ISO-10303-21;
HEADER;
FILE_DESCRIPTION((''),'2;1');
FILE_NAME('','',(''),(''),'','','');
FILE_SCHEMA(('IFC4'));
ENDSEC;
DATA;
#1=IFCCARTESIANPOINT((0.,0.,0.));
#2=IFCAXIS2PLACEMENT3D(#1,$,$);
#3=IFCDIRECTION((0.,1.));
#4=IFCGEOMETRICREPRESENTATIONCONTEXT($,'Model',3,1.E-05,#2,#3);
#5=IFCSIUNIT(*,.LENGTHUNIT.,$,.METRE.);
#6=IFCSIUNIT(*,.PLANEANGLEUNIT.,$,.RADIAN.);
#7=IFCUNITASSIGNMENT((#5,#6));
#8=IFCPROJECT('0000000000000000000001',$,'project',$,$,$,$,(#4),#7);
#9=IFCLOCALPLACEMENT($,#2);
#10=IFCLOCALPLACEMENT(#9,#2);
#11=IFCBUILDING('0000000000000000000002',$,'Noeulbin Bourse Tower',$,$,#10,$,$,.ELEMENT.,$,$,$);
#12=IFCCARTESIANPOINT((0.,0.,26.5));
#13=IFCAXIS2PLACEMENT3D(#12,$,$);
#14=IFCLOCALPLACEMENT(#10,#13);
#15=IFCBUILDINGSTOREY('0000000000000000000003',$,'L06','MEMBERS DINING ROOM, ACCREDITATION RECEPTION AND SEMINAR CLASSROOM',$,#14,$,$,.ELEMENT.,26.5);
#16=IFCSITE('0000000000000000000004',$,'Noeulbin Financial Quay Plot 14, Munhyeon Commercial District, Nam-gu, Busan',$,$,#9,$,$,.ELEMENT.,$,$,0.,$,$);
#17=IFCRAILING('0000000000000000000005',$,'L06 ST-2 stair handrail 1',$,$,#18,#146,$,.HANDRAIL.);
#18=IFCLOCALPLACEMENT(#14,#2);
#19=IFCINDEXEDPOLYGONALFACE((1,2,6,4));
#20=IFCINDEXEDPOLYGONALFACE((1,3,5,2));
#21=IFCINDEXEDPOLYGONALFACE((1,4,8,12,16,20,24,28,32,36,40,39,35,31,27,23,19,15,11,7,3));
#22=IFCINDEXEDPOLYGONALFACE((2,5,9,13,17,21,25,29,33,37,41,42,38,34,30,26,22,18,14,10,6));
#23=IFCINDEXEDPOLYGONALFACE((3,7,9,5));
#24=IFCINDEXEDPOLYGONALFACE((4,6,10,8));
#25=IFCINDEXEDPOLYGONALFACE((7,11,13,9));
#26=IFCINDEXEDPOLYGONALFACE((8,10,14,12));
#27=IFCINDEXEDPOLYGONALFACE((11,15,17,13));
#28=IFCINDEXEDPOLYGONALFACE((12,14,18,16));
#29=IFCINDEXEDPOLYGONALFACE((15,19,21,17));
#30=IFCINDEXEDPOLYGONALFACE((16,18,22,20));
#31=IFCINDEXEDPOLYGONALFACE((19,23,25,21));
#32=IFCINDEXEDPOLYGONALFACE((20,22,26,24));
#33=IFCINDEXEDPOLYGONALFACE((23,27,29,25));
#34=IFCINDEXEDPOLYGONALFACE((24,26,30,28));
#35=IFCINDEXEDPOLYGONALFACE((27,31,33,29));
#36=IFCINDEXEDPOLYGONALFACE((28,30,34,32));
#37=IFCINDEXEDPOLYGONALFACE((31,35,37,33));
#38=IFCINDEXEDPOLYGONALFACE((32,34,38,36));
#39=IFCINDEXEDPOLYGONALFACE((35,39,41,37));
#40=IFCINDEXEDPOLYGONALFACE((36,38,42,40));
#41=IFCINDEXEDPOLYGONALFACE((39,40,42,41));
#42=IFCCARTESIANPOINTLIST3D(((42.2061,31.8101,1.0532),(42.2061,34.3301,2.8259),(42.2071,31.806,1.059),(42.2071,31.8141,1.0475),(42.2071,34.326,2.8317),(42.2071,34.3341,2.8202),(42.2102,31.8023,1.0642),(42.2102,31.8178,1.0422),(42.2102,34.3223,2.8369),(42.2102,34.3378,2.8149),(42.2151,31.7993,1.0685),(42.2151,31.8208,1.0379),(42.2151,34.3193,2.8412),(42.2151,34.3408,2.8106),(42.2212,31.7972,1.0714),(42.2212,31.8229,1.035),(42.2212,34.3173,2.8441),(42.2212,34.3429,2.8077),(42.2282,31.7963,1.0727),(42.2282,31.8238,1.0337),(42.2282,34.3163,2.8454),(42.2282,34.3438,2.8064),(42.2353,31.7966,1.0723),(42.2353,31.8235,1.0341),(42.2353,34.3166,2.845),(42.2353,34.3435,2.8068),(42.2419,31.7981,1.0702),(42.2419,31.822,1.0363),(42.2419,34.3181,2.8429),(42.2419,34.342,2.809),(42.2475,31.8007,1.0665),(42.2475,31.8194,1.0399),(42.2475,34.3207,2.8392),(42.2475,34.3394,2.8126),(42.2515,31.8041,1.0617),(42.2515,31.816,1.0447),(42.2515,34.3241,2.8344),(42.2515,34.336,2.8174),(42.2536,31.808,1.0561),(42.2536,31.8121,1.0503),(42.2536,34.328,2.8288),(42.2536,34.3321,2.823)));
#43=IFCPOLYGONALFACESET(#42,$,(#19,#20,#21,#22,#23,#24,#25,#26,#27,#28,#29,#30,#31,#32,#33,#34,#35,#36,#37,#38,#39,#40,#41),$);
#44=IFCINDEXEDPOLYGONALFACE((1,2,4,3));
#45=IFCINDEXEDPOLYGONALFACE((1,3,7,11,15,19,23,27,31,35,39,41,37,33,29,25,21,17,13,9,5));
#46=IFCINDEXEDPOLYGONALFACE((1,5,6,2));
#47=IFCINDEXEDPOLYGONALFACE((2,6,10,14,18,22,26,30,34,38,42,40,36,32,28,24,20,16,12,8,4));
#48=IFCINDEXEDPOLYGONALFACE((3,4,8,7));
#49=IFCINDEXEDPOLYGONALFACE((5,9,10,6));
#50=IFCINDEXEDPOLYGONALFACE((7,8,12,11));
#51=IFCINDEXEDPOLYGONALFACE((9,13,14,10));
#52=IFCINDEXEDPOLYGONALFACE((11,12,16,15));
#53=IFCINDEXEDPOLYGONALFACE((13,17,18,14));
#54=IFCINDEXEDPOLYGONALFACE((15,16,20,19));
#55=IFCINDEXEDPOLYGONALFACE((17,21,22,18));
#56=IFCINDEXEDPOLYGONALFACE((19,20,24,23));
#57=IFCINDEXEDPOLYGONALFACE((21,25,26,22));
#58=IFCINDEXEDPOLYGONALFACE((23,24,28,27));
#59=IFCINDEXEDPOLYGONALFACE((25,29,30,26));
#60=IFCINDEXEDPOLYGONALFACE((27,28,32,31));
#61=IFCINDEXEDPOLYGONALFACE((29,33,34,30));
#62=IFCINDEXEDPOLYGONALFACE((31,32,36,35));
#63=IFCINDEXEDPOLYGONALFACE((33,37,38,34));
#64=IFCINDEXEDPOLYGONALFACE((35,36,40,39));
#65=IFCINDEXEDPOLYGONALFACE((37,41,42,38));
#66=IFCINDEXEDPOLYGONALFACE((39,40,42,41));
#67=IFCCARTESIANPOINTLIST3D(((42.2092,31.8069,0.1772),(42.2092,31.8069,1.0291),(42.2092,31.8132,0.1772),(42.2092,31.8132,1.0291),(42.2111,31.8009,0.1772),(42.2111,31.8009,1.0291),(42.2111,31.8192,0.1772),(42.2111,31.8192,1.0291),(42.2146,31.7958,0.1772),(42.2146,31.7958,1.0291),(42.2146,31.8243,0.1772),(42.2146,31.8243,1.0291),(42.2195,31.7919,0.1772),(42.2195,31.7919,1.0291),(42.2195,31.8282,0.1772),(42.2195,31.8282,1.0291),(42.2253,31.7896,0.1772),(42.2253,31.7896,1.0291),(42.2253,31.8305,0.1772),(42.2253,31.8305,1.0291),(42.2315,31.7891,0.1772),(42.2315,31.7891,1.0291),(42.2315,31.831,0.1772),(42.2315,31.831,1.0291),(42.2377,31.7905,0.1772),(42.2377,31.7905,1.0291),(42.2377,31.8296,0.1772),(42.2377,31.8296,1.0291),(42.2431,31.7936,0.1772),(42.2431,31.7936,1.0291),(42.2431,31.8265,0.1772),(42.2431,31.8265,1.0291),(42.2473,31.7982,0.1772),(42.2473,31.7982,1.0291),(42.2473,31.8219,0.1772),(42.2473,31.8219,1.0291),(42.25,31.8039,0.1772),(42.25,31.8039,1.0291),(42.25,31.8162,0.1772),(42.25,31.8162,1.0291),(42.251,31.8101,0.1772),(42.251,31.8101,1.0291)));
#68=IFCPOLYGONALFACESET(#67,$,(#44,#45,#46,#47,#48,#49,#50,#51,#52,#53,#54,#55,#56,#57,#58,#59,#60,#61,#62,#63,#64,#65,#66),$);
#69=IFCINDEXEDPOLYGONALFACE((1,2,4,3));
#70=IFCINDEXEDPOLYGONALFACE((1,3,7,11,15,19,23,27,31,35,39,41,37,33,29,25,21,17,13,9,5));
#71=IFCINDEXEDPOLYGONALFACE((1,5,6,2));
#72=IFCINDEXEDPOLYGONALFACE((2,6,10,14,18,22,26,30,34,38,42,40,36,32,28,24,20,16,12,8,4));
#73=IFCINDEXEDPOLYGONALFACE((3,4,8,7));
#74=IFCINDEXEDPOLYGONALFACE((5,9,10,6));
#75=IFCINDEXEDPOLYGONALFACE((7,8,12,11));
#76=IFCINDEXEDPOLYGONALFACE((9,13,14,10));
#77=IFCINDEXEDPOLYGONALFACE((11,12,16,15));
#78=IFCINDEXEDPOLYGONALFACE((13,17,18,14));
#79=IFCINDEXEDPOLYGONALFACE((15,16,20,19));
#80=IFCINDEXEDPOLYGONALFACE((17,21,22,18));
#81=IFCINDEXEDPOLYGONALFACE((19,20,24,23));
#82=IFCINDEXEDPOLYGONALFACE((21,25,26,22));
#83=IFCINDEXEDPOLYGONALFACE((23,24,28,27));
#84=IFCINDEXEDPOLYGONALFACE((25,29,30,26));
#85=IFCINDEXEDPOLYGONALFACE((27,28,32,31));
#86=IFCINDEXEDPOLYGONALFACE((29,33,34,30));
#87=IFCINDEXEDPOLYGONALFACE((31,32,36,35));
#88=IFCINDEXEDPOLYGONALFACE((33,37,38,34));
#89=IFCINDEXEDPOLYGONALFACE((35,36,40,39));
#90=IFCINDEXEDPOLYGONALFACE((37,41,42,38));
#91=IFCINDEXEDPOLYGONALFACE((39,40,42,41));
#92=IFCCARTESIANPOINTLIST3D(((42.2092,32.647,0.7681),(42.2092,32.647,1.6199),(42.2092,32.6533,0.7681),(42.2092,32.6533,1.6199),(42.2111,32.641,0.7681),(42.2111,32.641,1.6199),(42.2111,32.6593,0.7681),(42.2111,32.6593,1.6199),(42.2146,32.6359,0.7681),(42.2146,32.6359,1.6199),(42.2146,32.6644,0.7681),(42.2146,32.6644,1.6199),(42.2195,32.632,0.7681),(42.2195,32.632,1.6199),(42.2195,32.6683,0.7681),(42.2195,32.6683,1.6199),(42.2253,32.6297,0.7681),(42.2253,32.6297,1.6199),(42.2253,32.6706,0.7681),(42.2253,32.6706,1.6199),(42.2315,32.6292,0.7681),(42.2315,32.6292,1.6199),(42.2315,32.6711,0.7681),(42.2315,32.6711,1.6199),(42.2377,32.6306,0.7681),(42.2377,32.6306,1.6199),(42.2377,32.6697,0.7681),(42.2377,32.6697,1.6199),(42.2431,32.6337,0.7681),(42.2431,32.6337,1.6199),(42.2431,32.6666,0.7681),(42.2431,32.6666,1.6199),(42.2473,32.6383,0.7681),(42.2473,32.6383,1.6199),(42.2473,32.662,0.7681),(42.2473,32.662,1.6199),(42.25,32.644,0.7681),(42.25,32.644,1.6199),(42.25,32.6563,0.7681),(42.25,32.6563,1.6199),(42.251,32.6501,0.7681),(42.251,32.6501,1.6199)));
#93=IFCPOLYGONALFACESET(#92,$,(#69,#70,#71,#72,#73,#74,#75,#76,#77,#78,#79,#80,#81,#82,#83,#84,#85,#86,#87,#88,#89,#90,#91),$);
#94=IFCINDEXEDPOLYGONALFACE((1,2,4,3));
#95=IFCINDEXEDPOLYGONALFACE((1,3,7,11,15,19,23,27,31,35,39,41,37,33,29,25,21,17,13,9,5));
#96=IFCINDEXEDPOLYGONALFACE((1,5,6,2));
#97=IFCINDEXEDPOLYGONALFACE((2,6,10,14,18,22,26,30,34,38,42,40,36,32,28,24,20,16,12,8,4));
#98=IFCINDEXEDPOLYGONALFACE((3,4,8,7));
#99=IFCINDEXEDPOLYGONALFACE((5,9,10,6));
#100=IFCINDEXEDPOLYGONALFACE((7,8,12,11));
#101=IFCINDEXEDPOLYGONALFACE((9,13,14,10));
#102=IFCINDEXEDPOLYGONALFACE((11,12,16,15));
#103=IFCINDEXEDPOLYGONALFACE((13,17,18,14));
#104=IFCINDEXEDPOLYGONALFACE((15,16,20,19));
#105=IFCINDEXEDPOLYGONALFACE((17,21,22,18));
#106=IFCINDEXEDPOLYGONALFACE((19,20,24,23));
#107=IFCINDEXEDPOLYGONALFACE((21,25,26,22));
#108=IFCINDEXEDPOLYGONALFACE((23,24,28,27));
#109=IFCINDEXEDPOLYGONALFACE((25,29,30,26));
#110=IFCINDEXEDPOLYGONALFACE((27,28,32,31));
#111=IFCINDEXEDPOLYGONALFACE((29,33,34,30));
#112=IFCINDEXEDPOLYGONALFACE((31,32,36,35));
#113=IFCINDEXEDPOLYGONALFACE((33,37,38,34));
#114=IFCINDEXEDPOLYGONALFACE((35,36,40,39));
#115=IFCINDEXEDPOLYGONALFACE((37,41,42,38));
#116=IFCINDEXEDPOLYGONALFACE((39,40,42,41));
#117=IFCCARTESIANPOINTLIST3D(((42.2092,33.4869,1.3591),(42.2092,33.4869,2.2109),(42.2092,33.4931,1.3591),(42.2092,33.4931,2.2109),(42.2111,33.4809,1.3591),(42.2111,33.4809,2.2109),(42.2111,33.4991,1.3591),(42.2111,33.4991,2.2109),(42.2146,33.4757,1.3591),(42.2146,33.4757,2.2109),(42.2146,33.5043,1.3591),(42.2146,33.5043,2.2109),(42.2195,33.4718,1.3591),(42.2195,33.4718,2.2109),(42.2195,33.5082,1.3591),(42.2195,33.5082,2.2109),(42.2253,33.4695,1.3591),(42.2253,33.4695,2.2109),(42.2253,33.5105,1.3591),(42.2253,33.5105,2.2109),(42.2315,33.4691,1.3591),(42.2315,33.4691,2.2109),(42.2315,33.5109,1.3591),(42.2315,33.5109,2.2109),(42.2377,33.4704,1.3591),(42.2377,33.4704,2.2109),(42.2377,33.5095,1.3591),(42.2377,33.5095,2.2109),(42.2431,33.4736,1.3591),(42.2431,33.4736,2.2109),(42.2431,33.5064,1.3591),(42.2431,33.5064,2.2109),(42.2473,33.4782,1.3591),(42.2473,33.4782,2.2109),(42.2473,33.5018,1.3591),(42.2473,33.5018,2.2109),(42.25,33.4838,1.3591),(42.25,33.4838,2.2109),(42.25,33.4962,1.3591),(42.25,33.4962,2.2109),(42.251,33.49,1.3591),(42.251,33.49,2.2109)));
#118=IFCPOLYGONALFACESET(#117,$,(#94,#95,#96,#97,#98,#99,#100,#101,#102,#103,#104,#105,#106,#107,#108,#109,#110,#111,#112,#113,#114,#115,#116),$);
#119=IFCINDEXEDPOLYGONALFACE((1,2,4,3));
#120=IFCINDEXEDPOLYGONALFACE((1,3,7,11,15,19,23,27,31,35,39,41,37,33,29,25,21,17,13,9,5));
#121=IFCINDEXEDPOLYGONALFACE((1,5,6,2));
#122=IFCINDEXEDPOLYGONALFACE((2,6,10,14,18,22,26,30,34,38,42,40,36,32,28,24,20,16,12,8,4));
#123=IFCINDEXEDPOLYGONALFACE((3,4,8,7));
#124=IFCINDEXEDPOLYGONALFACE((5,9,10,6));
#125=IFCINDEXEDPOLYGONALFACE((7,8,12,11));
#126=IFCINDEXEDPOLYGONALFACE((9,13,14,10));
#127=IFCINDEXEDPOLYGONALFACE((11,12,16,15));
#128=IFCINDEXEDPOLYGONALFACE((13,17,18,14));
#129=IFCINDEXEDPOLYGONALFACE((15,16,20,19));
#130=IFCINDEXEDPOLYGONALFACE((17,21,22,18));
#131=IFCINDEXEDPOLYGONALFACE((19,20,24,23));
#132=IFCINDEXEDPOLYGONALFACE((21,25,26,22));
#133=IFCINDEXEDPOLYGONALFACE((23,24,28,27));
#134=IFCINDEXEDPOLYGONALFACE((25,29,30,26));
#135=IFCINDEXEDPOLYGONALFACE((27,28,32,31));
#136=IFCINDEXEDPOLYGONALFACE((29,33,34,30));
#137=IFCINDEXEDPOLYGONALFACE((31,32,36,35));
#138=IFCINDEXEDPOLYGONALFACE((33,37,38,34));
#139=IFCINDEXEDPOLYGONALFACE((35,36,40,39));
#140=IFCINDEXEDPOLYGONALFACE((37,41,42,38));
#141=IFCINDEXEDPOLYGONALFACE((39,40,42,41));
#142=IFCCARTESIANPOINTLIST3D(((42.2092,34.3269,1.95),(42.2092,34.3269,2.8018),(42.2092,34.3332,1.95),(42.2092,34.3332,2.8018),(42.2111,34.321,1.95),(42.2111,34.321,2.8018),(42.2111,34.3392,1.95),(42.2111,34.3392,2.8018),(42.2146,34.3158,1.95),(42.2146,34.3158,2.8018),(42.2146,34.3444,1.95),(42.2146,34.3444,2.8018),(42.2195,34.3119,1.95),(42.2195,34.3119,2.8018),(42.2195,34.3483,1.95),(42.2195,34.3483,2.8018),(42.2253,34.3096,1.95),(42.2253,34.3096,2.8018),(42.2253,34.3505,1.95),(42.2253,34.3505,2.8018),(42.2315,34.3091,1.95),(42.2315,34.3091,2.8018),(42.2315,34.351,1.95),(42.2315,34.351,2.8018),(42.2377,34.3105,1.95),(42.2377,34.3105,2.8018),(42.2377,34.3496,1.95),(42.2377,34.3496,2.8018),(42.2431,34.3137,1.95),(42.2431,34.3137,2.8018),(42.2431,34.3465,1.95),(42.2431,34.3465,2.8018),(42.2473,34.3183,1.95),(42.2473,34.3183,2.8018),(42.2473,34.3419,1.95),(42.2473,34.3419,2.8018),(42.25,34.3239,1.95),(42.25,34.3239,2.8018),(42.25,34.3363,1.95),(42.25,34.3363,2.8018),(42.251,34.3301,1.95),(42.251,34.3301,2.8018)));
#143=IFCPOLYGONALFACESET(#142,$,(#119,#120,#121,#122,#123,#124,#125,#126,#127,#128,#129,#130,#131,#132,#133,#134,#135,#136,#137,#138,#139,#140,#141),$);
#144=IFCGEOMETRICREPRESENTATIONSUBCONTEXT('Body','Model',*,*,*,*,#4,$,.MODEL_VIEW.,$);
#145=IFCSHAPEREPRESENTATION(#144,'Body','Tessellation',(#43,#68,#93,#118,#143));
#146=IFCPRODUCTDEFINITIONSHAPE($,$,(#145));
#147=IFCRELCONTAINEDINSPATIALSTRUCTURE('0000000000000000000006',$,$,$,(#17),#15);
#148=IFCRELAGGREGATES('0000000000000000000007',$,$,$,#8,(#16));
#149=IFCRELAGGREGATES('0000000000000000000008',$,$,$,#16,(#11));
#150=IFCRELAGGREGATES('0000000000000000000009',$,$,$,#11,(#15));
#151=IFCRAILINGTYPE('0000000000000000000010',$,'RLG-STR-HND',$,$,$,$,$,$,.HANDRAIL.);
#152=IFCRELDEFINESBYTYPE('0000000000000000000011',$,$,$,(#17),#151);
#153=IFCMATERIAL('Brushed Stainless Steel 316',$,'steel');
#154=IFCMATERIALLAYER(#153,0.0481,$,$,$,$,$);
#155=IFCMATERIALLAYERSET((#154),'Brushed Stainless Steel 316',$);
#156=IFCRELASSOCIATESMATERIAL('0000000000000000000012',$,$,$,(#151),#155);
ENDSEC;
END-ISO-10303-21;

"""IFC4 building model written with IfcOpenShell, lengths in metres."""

from ifc_helpers import new_model, si_unit, direction, frame, origin, origin_2d, place, context, subcontext, project, spatial, circle, extrude, material, layer, layer_set, type_object, element, save


model = new_model("IFC4")

# Units and contexts
model_context = context("Model", 3, precision=1e-05, world=origin(), true_north=direction((0.0, 1.0)))
body_context = subcontext(model_context, "Body", "Model", "MODEL_VIEW")
ifc_project = project(units=[si_unit("LENGTHUNIT", "METRE"), si_unit("PLANEANGLEUNIT", "RADIAN")], contexts=[model_context])

# Site, building, storey
site_placement = place(None, origin())
site = spatial("IfcSite", under=ifc_project, at=site_placement, Name="Noeulbin Financial Quay Plot 14, Munhyeon Commercial District, Nam-gu, Busan", CompositionType="ELEMENT", RefElevation=0.0)
building_placement = place(site_placement, origin())
building = spatial("IfcBuilding", under=site, at=building_placement, Name="Noeulbin Bourse Tower", CompositionType="ELEMENT")
storey_placement = place(building_placement, frame((0.0, 0.0, 26.5)))
storey = spatial("IfcBuildingStorey", under=building, at=storey_placement, Name="L06", Description="MEMBERS DINING ROOM, ACCREDITATION RECEPTION AND SEMINAR CLASSROOM", CompositionType="ELEMENT", Elevation=26.5)

# Shared definitions
ifc_material_1 = material(Name="Brushed Stainless Steel 316", Category="steel")

# Railing
ifc_layer_1 = layer(ifc_material_1, 0.0481)
ifc_layer_set_1 = layer_set([ifc_layer_1], Name="Brushed Stainless Steel 316")
railing_type_1 = type_object("IfcRailingType", Name="RLG-STR-HND", PredefinedType="HANDRAIL", material=ifc_layer_set_1)
railing_1_placement = place(storey_placement, frame((42.23, 31.8101, 0.1772)))
element("IfcRailing", 1, at=railing_1_placement, inside=storey, type_object=railing_type_1, Name="L06 ST-2 stair handrail 1", PredefinedType="HANDRAIL", context=body_context, shape_type="SweptSolid", body=[
    extrude(circle(Radius=0.0239, at=origin_2d()), frame((0.0, 0.0, 0.876), z_axis=(0.0, 0.817904, 0.575354), x_axis=(-1.0, 0.0, 0.0)), (0.0, 0.0, 1.0), 3.0811),
    extrude(circle(Radius=0.021, at=origin_2d()), origin(), (0.0, 0.0, 1.0), 0.8518),
    extrude(circle(Radius=0.021, at=origin_2d()), frame((0.0, 0.8401, 0.5908)), (0.0, 0.0, 1.0), 0.8518),
    extrude(circle(Radius=0.021, at=origin_2d()), frame((0.0, 1.6799, 1.1819)), (0.0, 0.0, 1.0), 0.8518),
    extrude(circle(Radius=0.021, at=origin_2d()), frame((0.0, 2.52, 1.7727)), (0.0, 0.0, 1.0), 0.8518),
])

save(model, "model.ifc")
